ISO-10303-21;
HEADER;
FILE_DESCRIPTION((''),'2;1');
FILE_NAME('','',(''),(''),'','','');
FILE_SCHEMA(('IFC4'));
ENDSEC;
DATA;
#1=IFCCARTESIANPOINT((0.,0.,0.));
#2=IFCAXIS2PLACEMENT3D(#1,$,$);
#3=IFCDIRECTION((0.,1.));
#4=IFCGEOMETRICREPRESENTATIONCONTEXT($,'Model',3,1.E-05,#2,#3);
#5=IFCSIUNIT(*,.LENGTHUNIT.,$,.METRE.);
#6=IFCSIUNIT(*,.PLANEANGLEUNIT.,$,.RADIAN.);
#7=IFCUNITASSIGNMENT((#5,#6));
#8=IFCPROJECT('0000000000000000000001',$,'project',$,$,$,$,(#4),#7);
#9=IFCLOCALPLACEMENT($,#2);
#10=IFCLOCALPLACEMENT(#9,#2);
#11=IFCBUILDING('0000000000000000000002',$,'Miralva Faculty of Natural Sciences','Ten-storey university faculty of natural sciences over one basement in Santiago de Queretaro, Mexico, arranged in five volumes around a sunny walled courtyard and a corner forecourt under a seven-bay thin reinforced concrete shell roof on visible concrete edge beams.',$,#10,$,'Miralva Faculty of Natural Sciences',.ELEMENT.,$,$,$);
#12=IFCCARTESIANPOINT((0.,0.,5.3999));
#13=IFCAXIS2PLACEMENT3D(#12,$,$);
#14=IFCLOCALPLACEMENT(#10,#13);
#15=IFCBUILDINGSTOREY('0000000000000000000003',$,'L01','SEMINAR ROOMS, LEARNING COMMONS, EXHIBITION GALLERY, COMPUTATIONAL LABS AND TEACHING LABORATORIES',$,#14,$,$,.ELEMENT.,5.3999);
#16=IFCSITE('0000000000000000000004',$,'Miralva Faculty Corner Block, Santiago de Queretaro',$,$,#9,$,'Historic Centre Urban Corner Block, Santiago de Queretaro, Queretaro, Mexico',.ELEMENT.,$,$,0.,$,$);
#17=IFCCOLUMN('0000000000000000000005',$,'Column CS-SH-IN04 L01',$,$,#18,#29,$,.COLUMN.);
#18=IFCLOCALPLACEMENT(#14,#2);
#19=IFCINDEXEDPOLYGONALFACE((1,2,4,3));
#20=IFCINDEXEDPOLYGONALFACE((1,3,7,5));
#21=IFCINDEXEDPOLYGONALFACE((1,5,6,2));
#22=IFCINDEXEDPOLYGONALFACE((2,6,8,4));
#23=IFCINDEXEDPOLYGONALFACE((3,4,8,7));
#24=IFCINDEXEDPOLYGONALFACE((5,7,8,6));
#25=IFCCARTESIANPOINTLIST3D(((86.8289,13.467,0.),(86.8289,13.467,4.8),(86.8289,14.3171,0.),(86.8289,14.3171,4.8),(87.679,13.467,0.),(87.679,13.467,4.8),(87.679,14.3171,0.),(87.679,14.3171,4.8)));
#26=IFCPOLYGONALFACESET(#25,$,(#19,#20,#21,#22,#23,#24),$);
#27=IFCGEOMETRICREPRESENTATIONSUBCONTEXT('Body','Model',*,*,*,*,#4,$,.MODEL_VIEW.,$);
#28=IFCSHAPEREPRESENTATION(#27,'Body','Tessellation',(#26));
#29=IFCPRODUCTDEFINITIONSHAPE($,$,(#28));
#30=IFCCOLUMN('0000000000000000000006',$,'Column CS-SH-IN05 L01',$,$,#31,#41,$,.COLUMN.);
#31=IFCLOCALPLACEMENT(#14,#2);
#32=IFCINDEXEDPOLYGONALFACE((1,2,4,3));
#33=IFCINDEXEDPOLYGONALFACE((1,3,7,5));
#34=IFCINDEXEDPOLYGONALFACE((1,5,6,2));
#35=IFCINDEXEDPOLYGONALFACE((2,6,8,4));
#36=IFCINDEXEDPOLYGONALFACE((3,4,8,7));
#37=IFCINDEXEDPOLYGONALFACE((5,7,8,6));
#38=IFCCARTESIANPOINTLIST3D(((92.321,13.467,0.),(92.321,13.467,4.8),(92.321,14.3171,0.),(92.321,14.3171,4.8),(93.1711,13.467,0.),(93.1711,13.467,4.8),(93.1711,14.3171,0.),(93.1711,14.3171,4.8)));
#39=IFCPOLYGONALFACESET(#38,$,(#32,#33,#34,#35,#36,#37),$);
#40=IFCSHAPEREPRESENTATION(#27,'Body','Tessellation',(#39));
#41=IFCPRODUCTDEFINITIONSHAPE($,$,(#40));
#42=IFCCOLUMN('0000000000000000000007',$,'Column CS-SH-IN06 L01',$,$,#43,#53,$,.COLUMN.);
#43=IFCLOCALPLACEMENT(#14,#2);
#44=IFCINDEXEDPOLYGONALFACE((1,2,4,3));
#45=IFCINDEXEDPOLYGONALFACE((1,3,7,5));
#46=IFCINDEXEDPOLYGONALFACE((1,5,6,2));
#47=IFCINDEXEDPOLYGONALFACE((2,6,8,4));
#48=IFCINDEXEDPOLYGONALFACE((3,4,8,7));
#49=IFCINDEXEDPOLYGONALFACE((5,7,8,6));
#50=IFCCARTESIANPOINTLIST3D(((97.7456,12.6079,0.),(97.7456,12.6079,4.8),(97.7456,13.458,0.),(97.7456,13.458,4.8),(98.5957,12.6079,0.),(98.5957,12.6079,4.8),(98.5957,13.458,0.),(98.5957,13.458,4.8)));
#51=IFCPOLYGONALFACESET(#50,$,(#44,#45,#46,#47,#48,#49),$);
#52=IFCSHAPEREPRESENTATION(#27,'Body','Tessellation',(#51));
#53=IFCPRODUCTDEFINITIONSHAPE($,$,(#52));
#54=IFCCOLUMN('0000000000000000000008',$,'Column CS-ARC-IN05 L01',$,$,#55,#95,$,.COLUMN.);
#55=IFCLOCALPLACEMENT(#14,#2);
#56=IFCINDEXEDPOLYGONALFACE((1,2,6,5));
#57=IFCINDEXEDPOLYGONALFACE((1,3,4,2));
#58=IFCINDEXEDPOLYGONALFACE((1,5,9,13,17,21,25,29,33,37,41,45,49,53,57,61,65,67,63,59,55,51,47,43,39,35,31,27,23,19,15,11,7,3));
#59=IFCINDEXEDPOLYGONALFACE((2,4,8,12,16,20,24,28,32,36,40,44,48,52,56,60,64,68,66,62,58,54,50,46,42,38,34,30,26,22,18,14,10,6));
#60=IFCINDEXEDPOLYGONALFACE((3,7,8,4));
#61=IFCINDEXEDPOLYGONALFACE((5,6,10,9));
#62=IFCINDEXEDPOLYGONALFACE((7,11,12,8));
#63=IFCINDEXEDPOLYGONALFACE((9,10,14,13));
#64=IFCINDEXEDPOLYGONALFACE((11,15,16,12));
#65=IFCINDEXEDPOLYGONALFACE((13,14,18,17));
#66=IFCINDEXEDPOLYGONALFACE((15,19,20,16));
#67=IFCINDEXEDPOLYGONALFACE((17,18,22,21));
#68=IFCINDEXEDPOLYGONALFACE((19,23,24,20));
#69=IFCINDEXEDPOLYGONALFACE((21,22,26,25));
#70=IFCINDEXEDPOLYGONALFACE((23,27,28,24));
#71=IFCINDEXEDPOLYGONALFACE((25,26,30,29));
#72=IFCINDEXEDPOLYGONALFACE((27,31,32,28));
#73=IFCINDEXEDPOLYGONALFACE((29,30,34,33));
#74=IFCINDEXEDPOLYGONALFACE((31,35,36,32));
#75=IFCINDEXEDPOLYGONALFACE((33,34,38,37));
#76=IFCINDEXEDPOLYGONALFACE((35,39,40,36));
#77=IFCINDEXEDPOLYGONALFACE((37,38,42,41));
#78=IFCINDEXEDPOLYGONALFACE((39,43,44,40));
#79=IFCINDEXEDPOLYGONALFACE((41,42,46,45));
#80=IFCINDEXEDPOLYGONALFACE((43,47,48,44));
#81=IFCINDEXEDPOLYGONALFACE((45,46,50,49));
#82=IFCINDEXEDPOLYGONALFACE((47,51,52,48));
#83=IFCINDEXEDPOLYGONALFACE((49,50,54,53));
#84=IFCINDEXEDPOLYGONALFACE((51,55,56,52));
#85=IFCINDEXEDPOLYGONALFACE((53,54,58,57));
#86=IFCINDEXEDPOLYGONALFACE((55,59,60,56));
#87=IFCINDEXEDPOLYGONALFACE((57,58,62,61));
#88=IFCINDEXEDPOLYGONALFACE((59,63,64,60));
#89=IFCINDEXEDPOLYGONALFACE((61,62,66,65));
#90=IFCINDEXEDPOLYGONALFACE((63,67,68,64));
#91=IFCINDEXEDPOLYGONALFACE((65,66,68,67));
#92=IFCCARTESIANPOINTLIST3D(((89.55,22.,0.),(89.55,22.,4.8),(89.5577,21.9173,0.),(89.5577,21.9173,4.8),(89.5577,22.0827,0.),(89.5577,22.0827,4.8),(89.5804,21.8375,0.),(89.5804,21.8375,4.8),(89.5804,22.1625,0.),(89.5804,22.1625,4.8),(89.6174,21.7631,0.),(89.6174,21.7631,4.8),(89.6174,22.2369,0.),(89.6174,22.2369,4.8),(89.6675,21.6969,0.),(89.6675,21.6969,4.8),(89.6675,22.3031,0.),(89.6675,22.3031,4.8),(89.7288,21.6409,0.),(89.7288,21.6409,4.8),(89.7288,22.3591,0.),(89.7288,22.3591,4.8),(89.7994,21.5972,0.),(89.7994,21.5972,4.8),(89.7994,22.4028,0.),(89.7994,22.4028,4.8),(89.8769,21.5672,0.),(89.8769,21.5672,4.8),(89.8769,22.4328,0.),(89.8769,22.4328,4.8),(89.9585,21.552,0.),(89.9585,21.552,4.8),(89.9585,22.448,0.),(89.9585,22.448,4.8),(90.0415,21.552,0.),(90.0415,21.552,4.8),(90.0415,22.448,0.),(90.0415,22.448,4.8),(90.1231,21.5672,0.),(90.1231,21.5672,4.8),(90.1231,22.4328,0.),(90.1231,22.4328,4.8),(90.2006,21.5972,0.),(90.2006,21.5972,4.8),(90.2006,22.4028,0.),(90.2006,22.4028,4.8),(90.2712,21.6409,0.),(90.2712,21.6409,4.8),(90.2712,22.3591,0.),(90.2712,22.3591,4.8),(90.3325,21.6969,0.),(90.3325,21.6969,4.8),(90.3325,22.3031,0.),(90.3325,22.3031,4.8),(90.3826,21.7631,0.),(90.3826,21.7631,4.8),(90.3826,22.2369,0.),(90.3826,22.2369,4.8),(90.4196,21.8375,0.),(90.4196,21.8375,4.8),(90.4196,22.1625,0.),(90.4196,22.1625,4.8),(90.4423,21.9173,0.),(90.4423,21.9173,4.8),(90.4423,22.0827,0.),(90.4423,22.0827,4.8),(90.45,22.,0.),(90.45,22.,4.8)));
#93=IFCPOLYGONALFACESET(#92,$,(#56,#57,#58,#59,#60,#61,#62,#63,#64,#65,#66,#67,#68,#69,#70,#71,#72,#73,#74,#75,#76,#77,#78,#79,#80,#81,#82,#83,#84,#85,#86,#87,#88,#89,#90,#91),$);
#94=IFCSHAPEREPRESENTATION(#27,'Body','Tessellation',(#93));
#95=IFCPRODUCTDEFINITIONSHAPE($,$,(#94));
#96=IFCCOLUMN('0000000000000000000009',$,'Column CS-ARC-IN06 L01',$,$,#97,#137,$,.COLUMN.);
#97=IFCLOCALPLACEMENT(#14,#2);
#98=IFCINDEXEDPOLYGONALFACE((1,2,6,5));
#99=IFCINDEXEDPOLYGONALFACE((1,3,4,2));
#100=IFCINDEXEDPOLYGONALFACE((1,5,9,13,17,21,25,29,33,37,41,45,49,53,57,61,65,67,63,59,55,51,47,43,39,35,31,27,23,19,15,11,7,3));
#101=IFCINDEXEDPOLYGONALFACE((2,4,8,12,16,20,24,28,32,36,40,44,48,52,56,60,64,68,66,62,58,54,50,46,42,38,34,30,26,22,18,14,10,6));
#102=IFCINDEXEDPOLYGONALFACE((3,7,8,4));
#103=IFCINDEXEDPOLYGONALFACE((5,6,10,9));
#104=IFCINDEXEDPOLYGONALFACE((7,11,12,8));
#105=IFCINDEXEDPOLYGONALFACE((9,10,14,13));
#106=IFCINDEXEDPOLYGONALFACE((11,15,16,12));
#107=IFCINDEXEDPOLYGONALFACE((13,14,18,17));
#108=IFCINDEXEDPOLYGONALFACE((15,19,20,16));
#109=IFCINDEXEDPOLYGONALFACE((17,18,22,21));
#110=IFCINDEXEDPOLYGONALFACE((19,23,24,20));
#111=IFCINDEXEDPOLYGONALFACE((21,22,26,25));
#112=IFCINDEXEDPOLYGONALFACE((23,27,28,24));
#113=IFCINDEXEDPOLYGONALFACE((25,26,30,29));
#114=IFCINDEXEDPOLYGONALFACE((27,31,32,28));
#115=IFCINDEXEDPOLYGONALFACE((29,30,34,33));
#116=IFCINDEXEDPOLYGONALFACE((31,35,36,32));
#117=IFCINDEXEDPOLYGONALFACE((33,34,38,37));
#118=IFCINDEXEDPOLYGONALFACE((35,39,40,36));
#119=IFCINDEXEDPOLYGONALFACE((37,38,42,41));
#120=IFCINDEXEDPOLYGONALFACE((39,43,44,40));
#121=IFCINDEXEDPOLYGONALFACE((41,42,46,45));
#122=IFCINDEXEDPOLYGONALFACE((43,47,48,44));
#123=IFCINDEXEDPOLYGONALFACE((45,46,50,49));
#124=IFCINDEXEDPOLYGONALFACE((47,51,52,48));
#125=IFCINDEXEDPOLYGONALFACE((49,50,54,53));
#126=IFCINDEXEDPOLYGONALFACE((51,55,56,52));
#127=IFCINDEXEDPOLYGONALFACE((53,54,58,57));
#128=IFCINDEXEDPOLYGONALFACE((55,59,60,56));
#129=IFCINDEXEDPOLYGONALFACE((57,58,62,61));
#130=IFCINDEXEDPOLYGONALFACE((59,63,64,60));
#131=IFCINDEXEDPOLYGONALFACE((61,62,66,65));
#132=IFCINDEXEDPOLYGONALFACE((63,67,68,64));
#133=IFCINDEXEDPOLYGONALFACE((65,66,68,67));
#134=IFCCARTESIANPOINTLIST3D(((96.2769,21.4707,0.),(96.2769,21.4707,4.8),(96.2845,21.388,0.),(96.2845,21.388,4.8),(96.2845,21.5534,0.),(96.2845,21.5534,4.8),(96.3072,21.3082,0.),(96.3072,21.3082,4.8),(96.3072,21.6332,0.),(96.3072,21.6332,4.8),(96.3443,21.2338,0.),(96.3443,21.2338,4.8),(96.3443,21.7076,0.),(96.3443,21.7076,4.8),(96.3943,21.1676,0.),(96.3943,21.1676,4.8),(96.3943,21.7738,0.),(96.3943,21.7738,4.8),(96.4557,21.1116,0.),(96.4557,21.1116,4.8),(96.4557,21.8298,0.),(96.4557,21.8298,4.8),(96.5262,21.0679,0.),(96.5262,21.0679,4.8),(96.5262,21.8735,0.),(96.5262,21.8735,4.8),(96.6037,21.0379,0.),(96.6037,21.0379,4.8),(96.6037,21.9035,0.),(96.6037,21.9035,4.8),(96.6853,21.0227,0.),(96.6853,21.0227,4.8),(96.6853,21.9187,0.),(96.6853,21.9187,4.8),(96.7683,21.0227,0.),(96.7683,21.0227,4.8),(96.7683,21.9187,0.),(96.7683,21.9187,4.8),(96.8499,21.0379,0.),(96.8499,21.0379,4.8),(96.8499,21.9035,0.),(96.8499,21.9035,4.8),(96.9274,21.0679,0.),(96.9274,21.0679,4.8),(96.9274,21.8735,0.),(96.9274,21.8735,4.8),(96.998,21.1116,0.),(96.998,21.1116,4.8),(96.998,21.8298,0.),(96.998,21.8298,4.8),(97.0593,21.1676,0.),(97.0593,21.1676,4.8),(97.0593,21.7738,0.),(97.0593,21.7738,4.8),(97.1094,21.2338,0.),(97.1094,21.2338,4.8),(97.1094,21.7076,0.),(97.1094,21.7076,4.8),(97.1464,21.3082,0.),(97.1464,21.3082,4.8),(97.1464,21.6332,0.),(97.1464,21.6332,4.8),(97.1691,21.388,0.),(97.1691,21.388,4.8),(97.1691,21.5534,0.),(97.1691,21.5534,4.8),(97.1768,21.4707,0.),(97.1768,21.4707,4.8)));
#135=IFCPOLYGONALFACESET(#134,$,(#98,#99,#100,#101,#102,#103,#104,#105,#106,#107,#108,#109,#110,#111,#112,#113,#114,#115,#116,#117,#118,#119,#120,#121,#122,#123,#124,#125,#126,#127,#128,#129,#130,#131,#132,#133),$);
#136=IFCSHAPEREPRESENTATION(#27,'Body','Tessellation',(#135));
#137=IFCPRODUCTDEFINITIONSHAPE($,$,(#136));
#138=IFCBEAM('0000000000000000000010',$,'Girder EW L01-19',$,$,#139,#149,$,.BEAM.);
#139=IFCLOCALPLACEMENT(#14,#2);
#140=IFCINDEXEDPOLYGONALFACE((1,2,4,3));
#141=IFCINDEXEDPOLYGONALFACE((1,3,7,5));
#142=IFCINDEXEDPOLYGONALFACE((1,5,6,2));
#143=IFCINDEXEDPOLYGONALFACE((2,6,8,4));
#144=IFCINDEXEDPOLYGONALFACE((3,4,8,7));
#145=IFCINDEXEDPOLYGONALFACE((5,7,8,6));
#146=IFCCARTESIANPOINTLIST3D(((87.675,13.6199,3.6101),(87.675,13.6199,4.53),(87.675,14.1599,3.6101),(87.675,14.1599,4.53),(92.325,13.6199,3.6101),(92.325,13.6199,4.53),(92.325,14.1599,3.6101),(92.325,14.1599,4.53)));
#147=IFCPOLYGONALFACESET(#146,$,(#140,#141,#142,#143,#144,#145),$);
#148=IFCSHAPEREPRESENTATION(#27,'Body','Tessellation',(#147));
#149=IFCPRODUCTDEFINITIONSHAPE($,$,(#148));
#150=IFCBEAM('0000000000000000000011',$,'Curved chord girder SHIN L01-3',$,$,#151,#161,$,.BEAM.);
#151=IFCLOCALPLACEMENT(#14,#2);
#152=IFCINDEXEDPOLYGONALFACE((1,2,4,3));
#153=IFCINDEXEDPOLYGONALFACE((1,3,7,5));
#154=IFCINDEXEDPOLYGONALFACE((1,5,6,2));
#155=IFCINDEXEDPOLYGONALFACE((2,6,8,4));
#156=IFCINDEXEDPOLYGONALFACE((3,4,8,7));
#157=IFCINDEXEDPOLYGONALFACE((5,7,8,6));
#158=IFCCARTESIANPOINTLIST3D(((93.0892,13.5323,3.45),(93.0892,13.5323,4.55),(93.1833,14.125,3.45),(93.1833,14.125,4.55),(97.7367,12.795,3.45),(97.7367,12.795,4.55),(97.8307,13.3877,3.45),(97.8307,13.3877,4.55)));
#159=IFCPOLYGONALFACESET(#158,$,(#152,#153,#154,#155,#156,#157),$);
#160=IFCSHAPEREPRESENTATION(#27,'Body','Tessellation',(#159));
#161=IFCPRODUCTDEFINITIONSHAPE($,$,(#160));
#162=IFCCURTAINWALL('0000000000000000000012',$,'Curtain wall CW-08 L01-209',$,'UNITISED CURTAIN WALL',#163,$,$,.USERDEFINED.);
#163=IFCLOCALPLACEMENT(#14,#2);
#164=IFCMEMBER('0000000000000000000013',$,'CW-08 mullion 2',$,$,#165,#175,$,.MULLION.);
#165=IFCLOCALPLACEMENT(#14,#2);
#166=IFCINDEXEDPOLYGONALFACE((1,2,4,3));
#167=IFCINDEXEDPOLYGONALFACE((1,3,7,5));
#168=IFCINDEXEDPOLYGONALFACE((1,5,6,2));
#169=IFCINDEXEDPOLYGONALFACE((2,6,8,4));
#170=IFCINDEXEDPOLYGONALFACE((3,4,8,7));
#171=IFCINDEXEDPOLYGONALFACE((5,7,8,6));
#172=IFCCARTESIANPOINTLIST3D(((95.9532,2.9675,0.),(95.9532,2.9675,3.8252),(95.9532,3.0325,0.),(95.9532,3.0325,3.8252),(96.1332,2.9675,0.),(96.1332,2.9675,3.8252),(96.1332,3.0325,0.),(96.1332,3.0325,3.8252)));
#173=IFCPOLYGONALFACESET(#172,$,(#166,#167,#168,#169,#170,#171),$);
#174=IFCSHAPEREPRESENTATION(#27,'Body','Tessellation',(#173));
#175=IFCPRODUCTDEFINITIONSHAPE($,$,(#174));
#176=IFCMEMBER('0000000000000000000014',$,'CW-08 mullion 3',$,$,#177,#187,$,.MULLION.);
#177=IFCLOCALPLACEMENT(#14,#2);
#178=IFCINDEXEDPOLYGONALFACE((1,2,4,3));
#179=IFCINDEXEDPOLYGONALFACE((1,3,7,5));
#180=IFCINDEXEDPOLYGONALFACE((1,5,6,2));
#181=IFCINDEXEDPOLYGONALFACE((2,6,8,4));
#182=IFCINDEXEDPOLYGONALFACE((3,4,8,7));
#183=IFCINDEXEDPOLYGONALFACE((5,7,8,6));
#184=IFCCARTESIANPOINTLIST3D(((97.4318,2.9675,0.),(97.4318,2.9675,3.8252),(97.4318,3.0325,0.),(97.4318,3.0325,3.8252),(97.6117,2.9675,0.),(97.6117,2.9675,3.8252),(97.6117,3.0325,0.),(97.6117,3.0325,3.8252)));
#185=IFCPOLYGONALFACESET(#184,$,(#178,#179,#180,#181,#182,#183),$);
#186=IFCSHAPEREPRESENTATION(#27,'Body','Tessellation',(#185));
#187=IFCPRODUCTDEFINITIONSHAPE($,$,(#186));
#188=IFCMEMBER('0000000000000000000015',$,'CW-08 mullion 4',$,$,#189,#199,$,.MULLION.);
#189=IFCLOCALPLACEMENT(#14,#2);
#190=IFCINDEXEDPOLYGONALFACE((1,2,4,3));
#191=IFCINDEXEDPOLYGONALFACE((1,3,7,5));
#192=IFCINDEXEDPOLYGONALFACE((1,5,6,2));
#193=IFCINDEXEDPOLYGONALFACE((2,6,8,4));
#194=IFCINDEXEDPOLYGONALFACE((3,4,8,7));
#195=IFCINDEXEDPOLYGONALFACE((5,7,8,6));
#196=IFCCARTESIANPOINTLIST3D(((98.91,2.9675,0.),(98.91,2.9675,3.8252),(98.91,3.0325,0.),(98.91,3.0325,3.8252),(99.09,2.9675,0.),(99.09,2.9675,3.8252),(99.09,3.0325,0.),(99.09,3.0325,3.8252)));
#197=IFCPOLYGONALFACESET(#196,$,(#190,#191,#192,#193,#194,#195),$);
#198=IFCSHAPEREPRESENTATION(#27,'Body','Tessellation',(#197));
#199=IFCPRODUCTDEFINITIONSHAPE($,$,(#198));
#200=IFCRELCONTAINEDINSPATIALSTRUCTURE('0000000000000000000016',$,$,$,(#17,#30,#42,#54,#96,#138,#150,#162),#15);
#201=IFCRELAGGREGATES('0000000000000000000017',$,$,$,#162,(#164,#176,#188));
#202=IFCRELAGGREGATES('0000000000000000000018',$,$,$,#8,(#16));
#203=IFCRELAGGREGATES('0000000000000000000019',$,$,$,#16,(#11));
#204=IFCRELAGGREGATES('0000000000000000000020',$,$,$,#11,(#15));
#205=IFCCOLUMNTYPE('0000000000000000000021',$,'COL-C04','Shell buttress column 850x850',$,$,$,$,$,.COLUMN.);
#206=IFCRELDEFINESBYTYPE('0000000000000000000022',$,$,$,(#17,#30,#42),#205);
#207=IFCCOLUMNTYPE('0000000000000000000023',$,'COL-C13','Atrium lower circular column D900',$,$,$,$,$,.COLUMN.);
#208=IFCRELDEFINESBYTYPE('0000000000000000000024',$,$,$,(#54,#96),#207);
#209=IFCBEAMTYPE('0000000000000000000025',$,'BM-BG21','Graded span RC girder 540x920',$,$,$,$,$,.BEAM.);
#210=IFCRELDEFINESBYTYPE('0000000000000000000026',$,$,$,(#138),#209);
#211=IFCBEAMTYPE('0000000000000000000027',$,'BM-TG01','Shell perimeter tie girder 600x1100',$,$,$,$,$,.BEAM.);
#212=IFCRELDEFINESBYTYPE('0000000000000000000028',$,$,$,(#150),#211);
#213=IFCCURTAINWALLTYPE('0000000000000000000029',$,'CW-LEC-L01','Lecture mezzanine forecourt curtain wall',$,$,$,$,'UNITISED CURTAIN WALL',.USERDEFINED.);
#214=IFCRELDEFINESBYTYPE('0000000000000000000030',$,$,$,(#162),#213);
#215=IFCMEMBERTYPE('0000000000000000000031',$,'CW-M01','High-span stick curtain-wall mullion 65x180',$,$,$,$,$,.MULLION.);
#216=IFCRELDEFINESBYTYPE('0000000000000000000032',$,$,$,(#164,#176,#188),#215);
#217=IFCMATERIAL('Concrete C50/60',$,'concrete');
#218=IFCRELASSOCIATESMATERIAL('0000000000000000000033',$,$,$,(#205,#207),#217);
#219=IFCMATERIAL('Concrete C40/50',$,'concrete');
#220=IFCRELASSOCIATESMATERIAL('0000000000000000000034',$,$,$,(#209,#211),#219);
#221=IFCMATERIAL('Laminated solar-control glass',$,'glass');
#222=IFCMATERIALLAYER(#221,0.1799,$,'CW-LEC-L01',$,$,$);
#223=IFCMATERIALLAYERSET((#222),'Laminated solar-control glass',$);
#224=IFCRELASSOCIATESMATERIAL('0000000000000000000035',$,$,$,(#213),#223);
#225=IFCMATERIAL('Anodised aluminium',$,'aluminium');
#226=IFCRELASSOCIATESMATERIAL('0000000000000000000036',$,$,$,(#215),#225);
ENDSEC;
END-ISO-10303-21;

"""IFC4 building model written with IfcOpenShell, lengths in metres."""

from ifc_helpers import new_model, si_unit, direction, frame, origin, origin_2d, place, context, subcontext, project, spatial, rectangle, circle, extrude, material, layer, layer_set, material_profile, profile_set, type_object, element, aggregate, save


model = new_model("IFC4")

# Units and contexts
model_context = context("Model", 3, precision=1e-05, world=origin(), true_north=direction((0.0, 1.0)))
body_context = subcontext(model_context, "Body", "Model", "MODEL_VIEW")
ifc_project = project(units=[si_unit("LENGTHUNIT", "METRE"), si_unit("PLANEANGLEUNIT", "RADIAN")], contexts=[model_context])

# Site, building, storey
site_placement = place(None, origin())
site = spatial("IfcSite", under=ifc_project, at=site_placement, Name="Miralva Faculty Corner Block, Santiago de Queretaro", LongName="Historic Centre Urban Corner Block, Santiago de Queretaro, Queretaro, Mexico", CompositionType="ELEMENT", RefElevation=0.0)
building_placement = place(site_placement, origin())
building = spatial("IfcBuilding", under=site, at=building_placement, Name="Miralva Faculty of Natural Sciences", Description="Ten-storey university faculty of natural sciences over one basement in Santiago de Queretaro, Mexico, arranged in five volumes around a sunny walled courtyard and a corner forecourt under a seven-bay thin reinforced concrete shell roof on visible concrete edge beams.", LongName="Miralva Faculty of Natural Sciences", CompositionType="ELEMENT")
storey_placement = place(building_placement, frame((0.0, 0.0, 5.3999)))
storey = spatial("IfcBuildingStorey", under=building, at=storey_placement, Name="L01", Description="SEMINAR ROOMS, LEARNING COMMONS, EXHIBITION GALLERY, COMPUTATIONAL LABS AND TEACHING LABORATORIES", CompositionType="ELEMENT", Elevation=5.3999)

# Columns
ifc_material_1 = material(Name="Concrete C50/60", Category="concrete")
ifc_material_profile_1 = material_profile(ifc_material_1, rectangle(XDim=0.8501, YDim=0.8501, at=origin_2d()), Name="RC 850x850")
ifc_profile_set_1 = profile_set([ifc_material_profile_1], Name="Concrete C50/60")
column_type_1 = type_object("IfcColumnType", Name="COL-C04", Description="Shell buttress column 850x850", PredefinedType="COLUMN", material=ifc_profile_set_1)
for number, where, z_axis, x_axis, name in (
    (1, (87.2539, 13.8921, 0.0), (0.0, 0.0, 1.0), (1.0, 0.0, 0.0), "Column CS-SH-IN04 L01"),
    (2, (92.7461, 13.8921, 0.0), (0.0, 0.0, 1.0), (1.0, 0.0, 0.0), "Column CS-SH-IN05 L01"),
    (3, (98.1707, 13.033, 0.0), (0.0, 0.0, 1.0), (1.0, 0.0, 0.0), "Column CS-SH-IN06 L01"),
):
    element("IfcColumn", number, at=place(storey_placement, frame(where, z_axis=z_axis, x_axis=x_axis)), inside=storey, type_object=column_type_1, Name=name, PredefinedType="COLUMN", context=body_context, shape_type="SweptSolid", body=[
        extrude(rectangle(XDim=0.8501, YDim=0.8501, at=origin_2d()), origin(), (0.0, 0.0, 1.0), 4.8),
    ])
ifc_material_profile_2 = material_profile(ifc_material_1, circle(Radius=0.45, at=origin_2d()), Name="RC DIA 900")
ifc_profile_set_2 = profile_set([ifc_material_profile_2], Name="Concrete C50/60")
column_type_2 = type_object("IfcColumnType", Name="COL-C13", Description="Atrium lower circular column D900", PredefinedType="COLUMN", material=ifc_profile_set_2)
for number, where, z_axis, x_axis, name in (
    (4, (90.0, 22.0, 0.0), (0.0, 0.0, 1.0), (1.0, 0.0, 0.0), "Column CS-ARC-IN05 L01"),
    (5, (96.7268, 21.4707, 0.0), (0.0, 0.0, 1.0), (1.0, 0.0, 0.0), "Column CS-ARC-IN06 L01"),
):
    element("IfcColumn", number, at=place(storey_placement, frame(where, z_axis=z_axis, x_axis=x_axis)), inside=storey, type_object=column_type_2, Name=name, PredefinedType="COLUMN", context=body_context, shape_type="SweptSolid", body=[
        extrude(circle(Radius=0.45, at=origin_2d()), origin(), (0.0, 0.0, 1.0), 4.8),
    ])

# Beams
ifc_material_2 = material(Name="Concrete C40/50", Category="concrete")
ifc_material_profile_3 = material_profile(ifc_material_2, rectangle(XDim=0.54, YDim=0.9199, at=origin_2d()), Name="RC 540x920")
ifc_profile_set_3 = profile_set([ifc_material_profile_3], Name="Concrete C40/50")
beam_type_1 = type_object("IfcBeamType", Name="BM-BG21", Description="Graded span RC girder 540x920", PredefinedType="BEAM", material=ifc_profile_set_3)
beam_1_placement = place(storey_placement, frame((87.675, 13.8899, 4.0701), z_axis=(1.0, 0.0, 0.0), x_axis=(0.0, 1.0, 0.0)))
element("IfcBeam", 6, at=beam_1_placement, inside=storey, type_object=beam_type_1, Name="Girder EW L01-19", PredefinedType="BEAM", context=body_context, shape_type="SweptSolid", body=[
    extrude(rectangle(XDim=0.54, YDim=0.9199, at=origin_2d()), origin(), (0.0, 0.0, 1.0), 4.6499),
])
ifc_material_profile_4 = material_profile(ifc_material_2, rectangle(XDim=0.6001, YDim=1.1001, at=origin_2d()), Name="RC 600x1100")
ifc_profile_set_4 = profile_set([ifc_material_profile_4], Name="Concrete C40/50")
beam_type_2 = type_object("IfcBeamType", Name="BM-TG01", Description="Shell perimeter tie girder 600x1100", PredefinedType="BEAM", material=ifc_profile_set_4)
beam_2_placement = place(storey_placement, frame((97.7837, 13.0913, 4.0), z_axis=(-0.987648, 0.156687, 0.0), x_axis=(-0.156687, -0.987648, 0.0)))
element("IfcBeam", 7, at=beam_2_placement, inside=storey, type_object=beam_type_2, Name="Curved chord girder SHIN L01-3", PredefinedType="BEAM", context=body_context, shape_type="SweptSolid", body=[
    extrude(rectangle(XDim=0.6001, YDim=1.1001, at=origin_2d()), origin(), (0.0, 0.0, 1.0), 4.7056),
])

# Curtain wall, members
ifc_material_3 = material(Name="Laminated solar-control glass", Category="glass")
ifc_layer_1 = layer(ifc_material_3, 0.1799, Name="CW-LEC-L01")
ifc_layer_set_1 = layer_set([ifc_layer_1], Name="Laminated solar-control glass")
curtain_wall_type = type_object("IfcCurtainWallType", Name="CW-LEC-L01", Description="Lecture mezzanine forecourt curtain wall", ElementType="UNITISED CURTAIN WALL", PredefinedType="USERDEFINED", material=ifc_layer_set_1)
curtain_wall_placement = place(storey_placement, origin())
curtain_wall = element("IfcCurtainWall", 8, at=curtain_wall_placement, inside=storey, type_object=curtain_wall_type, Name="Curtain wall CW-08 L01-209", ObjectType="UNITISED CURTAIN WALL", PredefinedType="USERDEFINED")
ifc_material_4 = material(Name="Anodised aluminium", Category="aluminium")
ifc_material_profile_5 = material_profile(ifc_material_4, rectangle(XDim=0.0649, YDim=0.1799, at=origin_2d()), Name="MULLION 65x180")
ifc_profile_set_5 = profile_set([ifc_material_profile_5], Name="Anodised aluminium")
member_type_1 = type_object("IfcMemberType", Name="CW-M01", Description="High-span stick curtain-wall mullion 65x180", PredefinedType="MULLION", material=ifc_profile_set_5)
member_1_placement = place(storey_placement, frame((96.0432, 3.0, 0.0), z_axis=(0.0, 0.0, 1.0), x_axis=(0.0, 1.0, 0.0)))
member_1 = element("IfcMember", 9, at=member_1_placement, type_object=member_type_1, Name="CW-08 mullion 2", PredefinedType="MULLION", context=body_context, shape_type="SweptSolid", body=[
    extrude(rectangle(XDim=0.0649, YDim=0.1799, at=origin_2d()), origin(), (0.0, 0.0, 1.0), 3.8252),
])
member_2_placement = place(storey_placement, frame((97.5217, 3.0, 0.0), z_axis=(0.0, 0.0, 1.0), x_axis=(0.0, 1.0, 0.0)))
member_2 = element("IfcMember", 10, at=member_2_placement, type_object=member_type_1, Name="CW-08 mullion 3", PredefinedType="MULLION", context=body_context, shape_type="SweptSolid", body=[
    extrude(rectangle(XDim=0.0649, YDim=0.1799, at=origin_2d()), origin(), (0.0, 0.0, 1.0), 3.8252),
])
member_3_placement = place(storey_placement, frame((99.0, 3.0, 0.0), z_axis=(0.0, 0.0, 1.0), x_axis=(0.0, 1.0, 0.0)))
member_3 = element("IfcMember", 11, at=member_3_placement, type_object=member_type_1, Name="CW-08 mullion 4", PredefinedType="MULLION", context=body_context, shape_type="SweptSolid", body=[
    extrude(rectangle(XDim=0.0649, YDim=0.1799, at=origin_2d()), origin(), (0.0, 0.0, 1.0), 3.8252),
])
aggregate(curtain_wall, [member_1, member_2, member_3])

save(model, "model.ifc")
